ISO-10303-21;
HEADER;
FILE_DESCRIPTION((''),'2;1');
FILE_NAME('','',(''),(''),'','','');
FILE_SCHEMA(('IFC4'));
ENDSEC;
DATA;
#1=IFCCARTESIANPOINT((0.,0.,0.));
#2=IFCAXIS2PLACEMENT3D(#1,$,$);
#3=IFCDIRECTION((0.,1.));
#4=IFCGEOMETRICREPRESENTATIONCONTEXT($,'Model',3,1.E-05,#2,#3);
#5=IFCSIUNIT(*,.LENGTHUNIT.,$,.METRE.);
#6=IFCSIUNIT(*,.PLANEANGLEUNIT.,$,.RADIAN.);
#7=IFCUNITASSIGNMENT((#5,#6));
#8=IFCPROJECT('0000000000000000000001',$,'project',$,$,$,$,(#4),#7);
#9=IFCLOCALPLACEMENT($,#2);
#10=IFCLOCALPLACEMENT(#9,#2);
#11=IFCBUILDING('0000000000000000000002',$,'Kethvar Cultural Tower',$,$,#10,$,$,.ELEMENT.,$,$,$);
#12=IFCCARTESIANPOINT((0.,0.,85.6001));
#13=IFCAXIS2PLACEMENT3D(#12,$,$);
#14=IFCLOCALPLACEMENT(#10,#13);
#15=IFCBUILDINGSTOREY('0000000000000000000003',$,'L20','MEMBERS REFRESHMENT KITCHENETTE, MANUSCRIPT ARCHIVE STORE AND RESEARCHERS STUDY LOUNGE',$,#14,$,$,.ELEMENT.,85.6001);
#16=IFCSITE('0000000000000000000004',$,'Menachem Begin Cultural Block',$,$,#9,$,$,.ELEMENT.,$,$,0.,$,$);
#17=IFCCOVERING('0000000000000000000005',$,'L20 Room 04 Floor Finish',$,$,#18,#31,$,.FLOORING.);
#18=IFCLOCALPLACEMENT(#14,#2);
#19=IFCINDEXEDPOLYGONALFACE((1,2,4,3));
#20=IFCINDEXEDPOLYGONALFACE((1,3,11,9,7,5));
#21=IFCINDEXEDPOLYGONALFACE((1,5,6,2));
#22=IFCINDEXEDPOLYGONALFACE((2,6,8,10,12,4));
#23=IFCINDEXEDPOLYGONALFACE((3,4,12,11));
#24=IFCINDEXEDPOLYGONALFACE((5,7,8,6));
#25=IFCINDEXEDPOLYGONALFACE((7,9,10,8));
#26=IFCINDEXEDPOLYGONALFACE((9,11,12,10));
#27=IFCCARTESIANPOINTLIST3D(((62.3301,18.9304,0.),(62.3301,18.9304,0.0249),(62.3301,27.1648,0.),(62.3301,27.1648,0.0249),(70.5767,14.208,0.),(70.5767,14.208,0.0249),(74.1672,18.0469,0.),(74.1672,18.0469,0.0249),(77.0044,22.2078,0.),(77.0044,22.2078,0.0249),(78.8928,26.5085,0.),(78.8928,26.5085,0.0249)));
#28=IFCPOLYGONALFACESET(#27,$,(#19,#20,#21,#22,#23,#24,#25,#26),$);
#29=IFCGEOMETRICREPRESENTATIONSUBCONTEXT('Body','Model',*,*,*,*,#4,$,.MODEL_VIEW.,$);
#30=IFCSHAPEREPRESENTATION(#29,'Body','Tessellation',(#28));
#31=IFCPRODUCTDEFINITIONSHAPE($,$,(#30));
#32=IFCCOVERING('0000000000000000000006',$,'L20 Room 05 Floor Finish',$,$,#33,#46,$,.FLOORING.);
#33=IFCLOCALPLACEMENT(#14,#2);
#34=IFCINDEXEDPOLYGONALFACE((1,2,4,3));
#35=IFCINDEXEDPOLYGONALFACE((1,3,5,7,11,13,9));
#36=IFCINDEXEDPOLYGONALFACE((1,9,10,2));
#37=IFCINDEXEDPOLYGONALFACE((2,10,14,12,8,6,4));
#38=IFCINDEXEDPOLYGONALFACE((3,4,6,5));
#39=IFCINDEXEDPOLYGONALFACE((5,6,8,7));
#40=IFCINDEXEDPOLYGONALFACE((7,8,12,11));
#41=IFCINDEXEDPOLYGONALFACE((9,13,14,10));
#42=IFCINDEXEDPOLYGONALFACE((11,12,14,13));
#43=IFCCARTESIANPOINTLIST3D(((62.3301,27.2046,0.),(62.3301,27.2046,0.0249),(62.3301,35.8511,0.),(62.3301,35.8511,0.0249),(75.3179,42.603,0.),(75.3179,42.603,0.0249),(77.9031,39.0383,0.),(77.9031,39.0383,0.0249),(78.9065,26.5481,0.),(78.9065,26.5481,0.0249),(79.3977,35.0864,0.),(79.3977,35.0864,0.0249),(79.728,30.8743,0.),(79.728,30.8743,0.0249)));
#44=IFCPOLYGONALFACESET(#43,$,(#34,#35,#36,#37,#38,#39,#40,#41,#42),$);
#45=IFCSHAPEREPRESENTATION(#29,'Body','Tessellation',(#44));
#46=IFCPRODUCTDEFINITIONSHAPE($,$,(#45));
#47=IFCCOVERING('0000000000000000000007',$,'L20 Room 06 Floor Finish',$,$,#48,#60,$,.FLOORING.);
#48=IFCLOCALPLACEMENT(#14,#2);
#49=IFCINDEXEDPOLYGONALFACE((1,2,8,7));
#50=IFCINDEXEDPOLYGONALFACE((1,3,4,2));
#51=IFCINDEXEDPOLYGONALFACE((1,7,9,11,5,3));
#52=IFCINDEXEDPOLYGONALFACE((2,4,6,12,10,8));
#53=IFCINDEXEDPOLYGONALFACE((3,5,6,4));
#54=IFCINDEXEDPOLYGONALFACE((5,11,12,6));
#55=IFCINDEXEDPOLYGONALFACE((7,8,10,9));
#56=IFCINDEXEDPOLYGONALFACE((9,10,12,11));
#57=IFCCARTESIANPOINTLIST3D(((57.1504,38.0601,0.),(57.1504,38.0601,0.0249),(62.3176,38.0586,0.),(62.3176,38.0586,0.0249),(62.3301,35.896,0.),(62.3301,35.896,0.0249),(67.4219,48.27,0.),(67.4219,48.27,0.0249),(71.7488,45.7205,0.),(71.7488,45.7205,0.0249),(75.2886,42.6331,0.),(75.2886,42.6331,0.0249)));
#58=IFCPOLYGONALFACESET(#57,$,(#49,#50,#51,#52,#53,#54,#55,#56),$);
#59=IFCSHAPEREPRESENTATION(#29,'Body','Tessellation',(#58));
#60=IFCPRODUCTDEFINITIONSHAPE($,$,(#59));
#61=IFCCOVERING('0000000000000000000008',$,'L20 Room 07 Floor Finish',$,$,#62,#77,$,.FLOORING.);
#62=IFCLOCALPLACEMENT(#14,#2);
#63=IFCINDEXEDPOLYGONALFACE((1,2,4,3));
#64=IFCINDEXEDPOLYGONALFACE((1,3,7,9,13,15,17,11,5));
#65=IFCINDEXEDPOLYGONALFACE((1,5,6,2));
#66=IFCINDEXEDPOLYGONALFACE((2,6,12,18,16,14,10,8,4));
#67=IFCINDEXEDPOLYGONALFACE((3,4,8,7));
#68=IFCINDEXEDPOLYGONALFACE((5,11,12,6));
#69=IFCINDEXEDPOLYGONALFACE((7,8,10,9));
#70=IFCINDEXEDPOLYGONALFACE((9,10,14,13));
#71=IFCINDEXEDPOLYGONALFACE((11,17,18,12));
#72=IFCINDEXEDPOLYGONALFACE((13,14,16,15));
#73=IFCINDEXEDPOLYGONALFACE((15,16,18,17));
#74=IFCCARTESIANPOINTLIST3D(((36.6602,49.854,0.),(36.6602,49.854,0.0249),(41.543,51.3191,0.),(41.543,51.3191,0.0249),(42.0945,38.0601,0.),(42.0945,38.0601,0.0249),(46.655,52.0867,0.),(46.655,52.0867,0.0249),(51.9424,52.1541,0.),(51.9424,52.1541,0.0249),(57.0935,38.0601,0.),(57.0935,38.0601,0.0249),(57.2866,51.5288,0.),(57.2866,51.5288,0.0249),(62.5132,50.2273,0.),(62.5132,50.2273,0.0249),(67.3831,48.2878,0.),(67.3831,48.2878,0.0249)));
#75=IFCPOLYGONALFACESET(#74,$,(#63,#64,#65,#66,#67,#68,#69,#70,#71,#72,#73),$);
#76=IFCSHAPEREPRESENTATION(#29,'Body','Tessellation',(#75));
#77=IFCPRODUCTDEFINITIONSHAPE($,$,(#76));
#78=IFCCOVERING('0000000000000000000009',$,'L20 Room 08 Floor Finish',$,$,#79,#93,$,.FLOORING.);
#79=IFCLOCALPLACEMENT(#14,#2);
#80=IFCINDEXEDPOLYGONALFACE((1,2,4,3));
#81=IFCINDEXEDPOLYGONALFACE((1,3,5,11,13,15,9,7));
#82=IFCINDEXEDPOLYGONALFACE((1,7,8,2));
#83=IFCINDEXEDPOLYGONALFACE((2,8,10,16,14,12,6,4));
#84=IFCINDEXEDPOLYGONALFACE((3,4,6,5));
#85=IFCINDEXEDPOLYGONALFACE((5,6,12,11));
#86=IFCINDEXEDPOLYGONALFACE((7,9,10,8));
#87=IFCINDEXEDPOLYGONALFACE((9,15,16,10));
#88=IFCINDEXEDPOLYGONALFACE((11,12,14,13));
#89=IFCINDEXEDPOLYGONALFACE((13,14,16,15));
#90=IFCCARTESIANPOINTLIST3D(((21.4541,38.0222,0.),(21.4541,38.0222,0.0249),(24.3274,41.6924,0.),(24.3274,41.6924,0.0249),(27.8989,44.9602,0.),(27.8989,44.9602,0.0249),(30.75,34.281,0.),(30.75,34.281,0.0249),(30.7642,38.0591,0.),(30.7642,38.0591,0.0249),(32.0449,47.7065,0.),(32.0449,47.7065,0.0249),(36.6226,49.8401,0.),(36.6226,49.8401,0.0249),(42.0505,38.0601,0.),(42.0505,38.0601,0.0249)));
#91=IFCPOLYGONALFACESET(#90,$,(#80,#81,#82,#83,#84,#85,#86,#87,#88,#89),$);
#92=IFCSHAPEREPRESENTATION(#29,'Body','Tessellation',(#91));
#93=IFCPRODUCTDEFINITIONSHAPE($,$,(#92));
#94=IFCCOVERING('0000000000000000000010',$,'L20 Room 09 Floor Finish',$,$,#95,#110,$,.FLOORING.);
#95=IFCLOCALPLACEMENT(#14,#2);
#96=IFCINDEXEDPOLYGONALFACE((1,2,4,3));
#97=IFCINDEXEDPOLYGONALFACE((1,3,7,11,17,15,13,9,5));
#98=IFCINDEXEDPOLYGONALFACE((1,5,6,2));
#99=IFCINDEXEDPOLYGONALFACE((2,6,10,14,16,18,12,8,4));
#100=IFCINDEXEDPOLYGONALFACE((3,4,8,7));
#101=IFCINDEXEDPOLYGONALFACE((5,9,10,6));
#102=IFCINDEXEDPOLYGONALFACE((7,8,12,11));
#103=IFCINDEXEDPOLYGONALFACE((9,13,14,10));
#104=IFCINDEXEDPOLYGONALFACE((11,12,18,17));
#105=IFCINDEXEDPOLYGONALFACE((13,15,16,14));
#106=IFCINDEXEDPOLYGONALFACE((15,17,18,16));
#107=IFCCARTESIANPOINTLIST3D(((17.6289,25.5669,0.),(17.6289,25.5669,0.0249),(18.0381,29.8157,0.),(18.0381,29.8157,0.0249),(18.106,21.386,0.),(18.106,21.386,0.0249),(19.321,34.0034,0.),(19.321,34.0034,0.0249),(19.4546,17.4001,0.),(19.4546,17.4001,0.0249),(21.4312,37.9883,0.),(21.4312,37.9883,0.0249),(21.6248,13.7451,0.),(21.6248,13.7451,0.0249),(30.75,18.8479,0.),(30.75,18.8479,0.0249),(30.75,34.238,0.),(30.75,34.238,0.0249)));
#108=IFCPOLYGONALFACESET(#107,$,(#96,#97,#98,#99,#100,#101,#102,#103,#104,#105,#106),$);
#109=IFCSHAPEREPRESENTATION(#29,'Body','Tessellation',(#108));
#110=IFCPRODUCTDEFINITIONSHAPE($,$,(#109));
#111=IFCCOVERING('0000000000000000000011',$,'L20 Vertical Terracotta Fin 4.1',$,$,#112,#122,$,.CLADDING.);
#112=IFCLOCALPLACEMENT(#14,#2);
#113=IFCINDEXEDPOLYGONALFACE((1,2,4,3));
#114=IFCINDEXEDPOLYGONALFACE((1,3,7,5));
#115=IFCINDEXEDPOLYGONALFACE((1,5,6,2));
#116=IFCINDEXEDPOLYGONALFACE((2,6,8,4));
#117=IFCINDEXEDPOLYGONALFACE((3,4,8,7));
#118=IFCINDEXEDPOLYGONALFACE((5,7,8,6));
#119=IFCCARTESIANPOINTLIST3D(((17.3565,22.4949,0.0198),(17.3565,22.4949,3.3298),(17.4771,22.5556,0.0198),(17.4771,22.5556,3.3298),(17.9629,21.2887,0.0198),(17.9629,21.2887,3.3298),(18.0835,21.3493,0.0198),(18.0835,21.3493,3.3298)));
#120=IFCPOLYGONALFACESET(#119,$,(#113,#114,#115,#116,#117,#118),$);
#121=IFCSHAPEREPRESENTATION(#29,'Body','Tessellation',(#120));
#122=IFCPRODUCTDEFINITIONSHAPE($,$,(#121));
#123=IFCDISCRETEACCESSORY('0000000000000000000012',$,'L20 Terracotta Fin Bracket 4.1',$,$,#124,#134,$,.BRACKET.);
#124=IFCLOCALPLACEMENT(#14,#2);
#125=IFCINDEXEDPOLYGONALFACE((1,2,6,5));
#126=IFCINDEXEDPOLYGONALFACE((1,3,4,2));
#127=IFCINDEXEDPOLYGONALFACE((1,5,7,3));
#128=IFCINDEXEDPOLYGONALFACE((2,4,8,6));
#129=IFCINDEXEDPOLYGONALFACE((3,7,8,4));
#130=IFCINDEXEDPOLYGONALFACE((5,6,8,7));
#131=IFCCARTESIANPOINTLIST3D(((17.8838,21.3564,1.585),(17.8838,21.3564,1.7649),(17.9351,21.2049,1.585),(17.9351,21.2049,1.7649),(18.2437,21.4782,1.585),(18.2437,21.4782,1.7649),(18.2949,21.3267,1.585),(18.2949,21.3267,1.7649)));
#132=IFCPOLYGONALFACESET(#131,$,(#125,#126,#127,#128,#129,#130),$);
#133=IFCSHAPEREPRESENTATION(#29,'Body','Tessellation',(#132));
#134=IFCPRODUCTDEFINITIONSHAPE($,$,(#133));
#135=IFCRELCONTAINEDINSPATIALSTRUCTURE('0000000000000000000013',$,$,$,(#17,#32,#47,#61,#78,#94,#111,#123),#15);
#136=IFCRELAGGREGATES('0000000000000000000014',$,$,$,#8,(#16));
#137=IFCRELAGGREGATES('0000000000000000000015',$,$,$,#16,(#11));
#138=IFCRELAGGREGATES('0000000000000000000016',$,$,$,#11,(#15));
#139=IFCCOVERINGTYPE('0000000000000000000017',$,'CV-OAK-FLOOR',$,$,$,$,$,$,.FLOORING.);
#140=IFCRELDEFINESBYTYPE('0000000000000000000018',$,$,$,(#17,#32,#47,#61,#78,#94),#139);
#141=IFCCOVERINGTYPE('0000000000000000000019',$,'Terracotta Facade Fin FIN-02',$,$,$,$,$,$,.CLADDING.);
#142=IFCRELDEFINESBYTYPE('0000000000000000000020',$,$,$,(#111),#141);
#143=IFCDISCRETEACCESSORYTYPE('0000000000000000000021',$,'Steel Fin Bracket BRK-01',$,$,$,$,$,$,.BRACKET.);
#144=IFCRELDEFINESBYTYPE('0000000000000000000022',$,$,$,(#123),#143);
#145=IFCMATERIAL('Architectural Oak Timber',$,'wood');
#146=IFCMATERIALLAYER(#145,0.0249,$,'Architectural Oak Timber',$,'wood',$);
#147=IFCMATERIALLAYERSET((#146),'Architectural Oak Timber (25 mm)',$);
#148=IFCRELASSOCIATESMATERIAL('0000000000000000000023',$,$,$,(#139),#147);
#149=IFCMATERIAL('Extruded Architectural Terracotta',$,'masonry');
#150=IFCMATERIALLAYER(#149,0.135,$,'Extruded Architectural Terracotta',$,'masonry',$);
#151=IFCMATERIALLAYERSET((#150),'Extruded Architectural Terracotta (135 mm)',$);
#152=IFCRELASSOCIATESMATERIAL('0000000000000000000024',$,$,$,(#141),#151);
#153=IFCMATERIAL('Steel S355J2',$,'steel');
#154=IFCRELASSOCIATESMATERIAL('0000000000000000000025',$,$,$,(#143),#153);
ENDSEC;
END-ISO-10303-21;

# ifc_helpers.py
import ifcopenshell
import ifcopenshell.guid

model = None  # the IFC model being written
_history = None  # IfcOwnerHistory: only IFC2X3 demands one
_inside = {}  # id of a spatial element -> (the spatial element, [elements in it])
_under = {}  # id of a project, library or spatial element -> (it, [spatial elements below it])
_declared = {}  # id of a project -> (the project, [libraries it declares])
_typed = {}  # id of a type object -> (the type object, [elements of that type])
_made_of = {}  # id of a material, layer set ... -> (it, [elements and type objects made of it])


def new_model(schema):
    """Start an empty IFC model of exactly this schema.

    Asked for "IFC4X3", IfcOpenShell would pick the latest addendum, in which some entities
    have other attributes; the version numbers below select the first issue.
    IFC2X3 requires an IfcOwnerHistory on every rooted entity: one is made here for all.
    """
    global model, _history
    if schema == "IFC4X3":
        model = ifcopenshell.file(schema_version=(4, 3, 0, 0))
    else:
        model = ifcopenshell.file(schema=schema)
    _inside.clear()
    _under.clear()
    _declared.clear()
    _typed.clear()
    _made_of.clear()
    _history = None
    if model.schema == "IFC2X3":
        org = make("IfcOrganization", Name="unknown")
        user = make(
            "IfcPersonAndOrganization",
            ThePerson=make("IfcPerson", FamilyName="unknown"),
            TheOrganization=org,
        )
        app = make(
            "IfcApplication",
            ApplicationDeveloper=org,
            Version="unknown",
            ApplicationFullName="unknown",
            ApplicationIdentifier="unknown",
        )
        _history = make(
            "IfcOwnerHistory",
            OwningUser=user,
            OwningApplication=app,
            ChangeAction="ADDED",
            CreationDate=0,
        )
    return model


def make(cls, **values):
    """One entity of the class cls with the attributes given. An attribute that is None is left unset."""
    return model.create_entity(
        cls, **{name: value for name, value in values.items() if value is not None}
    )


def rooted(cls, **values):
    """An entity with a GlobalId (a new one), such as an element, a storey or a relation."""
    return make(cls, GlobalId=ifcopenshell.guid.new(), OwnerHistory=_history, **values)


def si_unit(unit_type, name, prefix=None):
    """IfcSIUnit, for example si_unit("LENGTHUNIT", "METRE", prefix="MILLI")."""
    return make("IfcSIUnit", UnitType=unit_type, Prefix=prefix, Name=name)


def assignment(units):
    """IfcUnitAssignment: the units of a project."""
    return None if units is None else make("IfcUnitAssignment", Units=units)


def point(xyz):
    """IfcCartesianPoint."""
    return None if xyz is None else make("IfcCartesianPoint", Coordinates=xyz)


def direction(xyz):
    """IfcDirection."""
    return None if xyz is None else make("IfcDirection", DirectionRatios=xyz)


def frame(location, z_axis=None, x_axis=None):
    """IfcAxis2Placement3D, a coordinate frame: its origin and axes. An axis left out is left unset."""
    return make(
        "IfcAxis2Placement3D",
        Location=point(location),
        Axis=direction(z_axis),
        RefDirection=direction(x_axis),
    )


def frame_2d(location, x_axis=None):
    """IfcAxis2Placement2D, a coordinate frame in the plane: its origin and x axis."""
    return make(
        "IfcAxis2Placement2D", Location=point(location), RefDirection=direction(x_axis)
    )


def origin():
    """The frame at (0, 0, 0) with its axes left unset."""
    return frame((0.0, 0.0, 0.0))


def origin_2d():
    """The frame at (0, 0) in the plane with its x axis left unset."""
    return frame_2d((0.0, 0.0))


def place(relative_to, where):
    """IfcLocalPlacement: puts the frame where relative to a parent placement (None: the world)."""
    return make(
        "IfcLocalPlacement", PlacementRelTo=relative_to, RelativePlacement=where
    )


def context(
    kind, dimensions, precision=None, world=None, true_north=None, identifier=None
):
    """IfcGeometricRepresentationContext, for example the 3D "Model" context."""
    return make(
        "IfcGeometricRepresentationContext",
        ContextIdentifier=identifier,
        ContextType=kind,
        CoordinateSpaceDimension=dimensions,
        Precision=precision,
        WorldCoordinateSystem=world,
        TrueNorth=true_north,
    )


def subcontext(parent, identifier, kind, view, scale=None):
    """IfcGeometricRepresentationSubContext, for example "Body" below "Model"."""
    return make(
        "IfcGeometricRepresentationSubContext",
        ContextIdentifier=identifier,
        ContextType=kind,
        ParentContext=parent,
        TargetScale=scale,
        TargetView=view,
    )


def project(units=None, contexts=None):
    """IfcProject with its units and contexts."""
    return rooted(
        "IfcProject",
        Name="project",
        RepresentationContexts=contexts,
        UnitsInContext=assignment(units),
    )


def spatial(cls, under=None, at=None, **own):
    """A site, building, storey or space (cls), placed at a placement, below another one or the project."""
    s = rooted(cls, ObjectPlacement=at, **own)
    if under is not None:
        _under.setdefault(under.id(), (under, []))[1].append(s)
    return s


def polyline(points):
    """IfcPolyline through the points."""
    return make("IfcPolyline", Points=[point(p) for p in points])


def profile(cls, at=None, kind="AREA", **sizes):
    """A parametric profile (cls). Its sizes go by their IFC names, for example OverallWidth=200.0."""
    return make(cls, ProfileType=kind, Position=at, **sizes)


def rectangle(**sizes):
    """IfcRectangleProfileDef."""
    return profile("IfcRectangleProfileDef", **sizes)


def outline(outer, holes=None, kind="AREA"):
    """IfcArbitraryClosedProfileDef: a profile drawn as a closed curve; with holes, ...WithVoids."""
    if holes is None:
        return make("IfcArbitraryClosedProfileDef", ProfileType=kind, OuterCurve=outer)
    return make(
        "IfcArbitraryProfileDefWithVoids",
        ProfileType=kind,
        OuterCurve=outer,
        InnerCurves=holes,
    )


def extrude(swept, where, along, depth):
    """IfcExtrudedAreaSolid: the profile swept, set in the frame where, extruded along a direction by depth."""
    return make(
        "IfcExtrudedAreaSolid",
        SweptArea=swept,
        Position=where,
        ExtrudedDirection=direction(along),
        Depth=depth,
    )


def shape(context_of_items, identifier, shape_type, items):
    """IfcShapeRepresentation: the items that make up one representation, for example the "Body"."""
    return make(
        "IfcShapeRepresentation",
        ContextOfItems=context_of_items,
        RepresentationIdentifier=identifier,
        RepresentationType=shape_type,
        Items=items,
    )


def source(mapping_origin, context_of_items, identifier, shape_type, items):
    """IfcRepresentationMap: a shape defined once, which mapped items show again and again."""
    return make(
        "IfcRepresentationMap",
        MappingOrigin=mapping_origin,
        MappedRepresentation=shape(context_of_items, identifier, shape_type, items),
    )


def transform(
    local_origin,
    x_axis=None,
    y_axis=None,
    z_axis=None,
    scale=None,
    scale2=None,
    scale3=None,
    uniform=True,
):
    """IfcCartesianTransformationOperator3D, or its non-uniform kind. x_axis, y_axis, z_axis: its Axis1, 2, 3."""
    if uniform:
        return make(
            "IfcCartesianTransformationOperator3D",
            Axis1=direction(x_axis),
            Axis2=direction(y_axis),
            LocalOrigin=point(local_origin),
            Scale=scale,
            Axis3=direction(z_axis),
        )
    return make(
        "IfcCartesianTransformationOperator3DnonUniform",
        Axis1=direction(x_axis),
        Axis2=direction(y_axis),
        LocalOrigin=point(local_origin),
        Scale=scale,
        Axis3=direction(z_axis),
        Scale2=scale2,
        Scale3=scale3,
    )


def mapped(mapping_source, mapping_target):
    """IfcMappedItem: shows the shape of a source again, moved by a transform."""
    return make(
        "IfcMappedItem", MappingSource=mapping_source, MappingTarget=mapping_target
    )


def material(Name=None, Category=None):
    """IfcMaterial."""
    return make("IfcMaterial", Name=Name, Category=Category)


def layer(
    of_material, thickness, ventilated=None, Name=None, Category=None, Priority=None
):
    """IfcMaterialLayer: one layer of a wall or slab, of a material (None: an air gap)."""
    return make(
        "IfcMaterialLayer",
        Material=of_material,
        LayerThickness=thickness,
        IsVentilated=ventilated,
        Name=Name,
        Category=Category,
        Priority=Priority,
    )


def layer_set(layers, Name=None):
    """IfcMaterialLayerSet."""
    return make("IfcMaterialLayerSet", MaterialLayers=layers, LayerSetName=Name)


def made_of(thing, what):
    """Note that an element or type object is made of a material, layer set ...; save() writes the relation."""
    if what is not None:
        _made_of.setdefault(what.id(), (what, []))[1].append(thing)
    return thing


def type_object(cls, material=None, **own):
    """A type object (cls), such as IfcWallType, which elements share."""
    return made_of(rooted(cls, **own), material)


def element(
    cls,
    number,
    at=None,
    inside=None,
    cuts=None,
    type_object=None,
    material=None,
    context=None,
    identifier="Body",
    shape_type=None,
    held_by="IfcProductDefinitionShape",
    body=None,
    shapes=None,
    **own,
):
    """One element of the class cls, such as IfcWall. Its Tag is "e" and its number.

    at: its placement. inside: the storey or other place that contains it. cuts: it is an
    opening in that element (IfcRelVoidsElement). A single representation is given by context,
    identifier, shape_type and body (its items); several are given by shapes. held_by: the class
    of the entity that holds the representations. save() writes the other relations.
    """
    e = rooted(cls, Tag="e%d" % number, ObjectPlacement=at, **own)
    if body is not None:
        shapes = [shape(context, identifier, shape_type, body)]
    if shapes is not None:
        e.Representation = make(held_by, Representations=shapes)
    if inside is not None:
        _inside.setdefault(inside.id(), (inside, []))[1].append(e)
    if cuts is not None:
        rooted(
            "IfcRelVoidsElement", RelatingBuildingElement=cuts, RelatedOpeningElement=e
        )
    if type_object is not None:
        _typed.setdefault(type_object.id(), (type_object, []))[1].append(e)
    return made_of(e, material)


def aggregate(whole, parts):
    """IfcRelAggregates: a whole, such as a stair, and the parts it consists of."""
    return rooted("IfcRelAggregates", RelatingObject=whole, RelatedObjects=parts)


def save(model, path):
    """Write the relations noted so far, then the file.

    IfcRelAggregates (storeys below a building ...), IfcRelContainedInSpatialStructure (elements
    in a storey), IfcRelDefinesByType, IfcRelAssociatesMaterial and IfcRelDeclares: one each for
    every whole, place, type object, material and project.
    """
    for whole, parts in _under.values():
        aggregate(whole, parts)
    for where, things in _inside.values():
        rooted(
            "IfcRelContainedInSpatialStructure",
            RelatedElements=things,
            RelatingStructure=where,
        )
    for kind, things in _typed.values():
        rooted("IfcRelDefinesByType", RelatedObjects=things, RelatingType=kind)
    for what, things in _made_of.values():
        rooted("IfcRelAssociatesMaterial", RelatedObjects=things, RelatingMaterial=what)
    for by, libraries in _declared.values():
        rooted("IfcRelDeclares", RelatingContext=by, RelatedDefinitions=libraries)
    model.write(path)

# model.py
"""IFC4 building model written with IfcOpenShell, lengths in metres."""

from ifc_helpers import new_model, si_unit, direction, frame, origin, origin_2d, place, context, subcontext, project, spatial, polyline, rectangle, outline, extrude, source, transform, mapped, material, layer, layer_set, type_object, element, save


model = new_model("IFC4")

# Units and contexts
model_context = context("Model", 3, precision=1e-05, world=origin(), true_north=direction((0.0, 1.0)))
body_context = subcontext(model_context, "Body", "Model", "MODEL_VIEW")
ifc_project = project(units=[si_unit("LENGTHUNIT", "METRE"), si_unit("PLANEANGLEUNIT", "RADIAN")], contexts=[model_context])

# Site, building, storey
site_placement = place(None, origin())
site = spatial("IfcSite", under=ifc_project, at=site_placement, Name="Menachem Begin Cultural Block", CompositionType="ELEMENT", RefElevation=0.0)
building_placement = place(site_placement, origin())
building = spatial("IfcBuilding", under=site, at=building_placement, Name="Kethvar Cultural Tower", CompositionType="ELEMENT")
storey_placement = place(building_placement, frame((0.0, 0.0, 85.6001)))
storey = spatial("IfcBuildingStorey", under=building, at=storey_placement, Name="L20", Description="MEMBERS REFRESHMENT KITCHENETTE, MANUSCRIPT ARCHIVE STORE AND RESEARCHERS STUDY LOUNGE", CompositionType="ELEMENT", Elevation=85.6001)

# Coverings
ifc_material_1 = material(Name="Architectural Oak Timber", Category="wood")
ifc_layer_1 = layer(ifc_material_1, 0.0249, Name="Architectural Oak Timber", Category="wood")
ifc_layer_set_1 = layer_set([ifc_layer_1], Name="Architectural Oak Timber (25 mm)")
covering_type_1 = type_object("IfcCoveringType", Name="CV-OAK-FLOOR", PredefinedType="FLOORING", material=ifc_layer_set_1)
covering_1_placement = place(storey_placement, origin())
element("IfcCovering", 1, at=covering_1_placement, inside=storey, type_object=covering_type_1, Name="L20 Room 04 Floor Finish", PredefinedType="FLOORING", context=body_context, shape_type="SweptSolid", body=[
    extrude(outline(polyline([(77.0044, 22.2078), (74.1672, 18.0469), (70.5767, 14.208), (62.3301, 18.9304), (62.3301, 27.1648), (78.8928, 26.5085), (77.0044, 22.2078)])), origin(), (0.0, 0.0, 1.0), 0.0249),
])
covering_2_placement = place(storey_placement, origin())
element("IfcCovering", 2, at=covering_2_placement, inside=storey, type_object=covering_type_1, Name="L20 Room 05 Floor Finish", PredefinedType="FLOORING", context=body_context, shape_type="SweptSolid", body=[
    extrude(outline(polyline([(78.9065, 26.5481), (62.3301, 27.2046), (62.3301, 35.8511), (75.3179, 42.603), (77.9031, 39.0383), (79.3977, 35.0864), (79.728, 30.8743), (78.9065, 26.5481)])), origin(), (0.0, 0.0, 1.0), 0.0249),
])
covering_3_placement = place(storey_placement, origin())
element("IfcCovering", 3, at=covering_3_placement, inside=storey, type_object=covering_type_1, Name="L20 Room 06 Floor Finish", PredefinedType="FLOORING", context=body_context, shape_type="SweptSolid", body=[
    extrude(outline(polyline([(71.7488, 45.7205), (75.2886, 42.6331), (62.3301, 35.896), (62.3176, 38.0586), (57.1504, 38.0601), (67.4219, 48.27), (71.7488, 45.7205)])), origin(), (0.0, 0.0, 1.0), 0.0249),
])
covering_4_placement = place(storey_placement, origin())
element("IfcCovering", 4, at=covering_4_placement, inside=storey, type_object=covering_type_1, Name="L20 Room 07 Floor Finish", PredefinedType="FLOORING", context=body_context, shape_type="SweptSolid", body=[
    extrude(outline(polyline([(41.543, 51.3191), (46.655, 52.0867), (51.9424, 52.1541), (57.2866, 51.5288), (62.5132, 50.2273), (67.3831, 48.2878), (57.0935, 38.0601), (42.0945, 38.0601), (36.6602, 49.854), (41.543, 51.3191)])), origin(), (0.0, 0.0, 1.0), 0.0249),
])
covering_5_placement = place(storey_placement, origin())
element("IfcCovering", 5, at=covering_5_placement, inside=storey, type_object=covering_type_1, Name="L20 Room 08 Floor Finish", PredefinedType="FLOORING", context=body_context, shape_type="SweptSolid", body=[
    extrude(outline(polyline([(24.3274, 41.6924), (27.8989, 44.9602), (32.0449, 47.7065), (36.6226, 49.8401), (42.0505, 38.0601), (30.7642, 38.0591), (30.75, 34.281), (21.4541, 38.0222), (24.3274, 41.6924)])), origin(), (0.0, 0.0, 1.0), 0.0249),
])
covering_6_placement = place(storey_placement, origin())
element("IfcCovering", 6, at=covering_6_placement, inside=storey, type_object=covering_type_1, Name="L20 Room 09 Floor Finish", PredefinedType="FLOORING", context=body_context, shape_type="SweptSolid", body=[
    extrude(outline(polyline([(19.4546, 17.4001), (18.106, 21.386), (17.6289, 25.5669), (18.0381, 29.8157), (19.321, 34.0034), (21.4312, 37.9883), (30.75, 34.238), (30.75, 18.8479), (21.6248, 13.7451), (19.4546, 17.4001)])), origin(), (0.0, 0.0, 1.0), 0.0249),
])
ifc_material_2 = material(Name="Extruded Architectural Terracotta", Category="masonry")
ifc_layer_2 = layer(ifc_material_2, 0.135, Name="Extruded Architectural Terracotta", Category="masonry")
ifc_layer_set_2 = layer_set([ifc_layer_2], Name="Extruded Architectural Terracotta (135 mm)")
covering_type_2 = type_object("IfcCoveringType", Name="Terracotta Facade Fin FIN-02", PredefinedType="CLADDING", material=ifc_layer_set_2)
shared_shape_1 = source(origin(), body_context, "Body", "SweptSolid", [
    extrude(rectangle(XDim=1.3501, YDim=0.135, at=origin_2d()), origin(), (0.0, 0.0, 1.0), 3.3101),
])
covering_7_placement = place(storey_placement, frame((17.72, 21.9221, 0.0198), z_axis=(0.0, 0.0, 1.0), x_axis=(-0.449163, 0.89345, 0.0)))
element("IfcCovering", 7, at=covering_7_placement, inside=storey, type_object=covering_type_2, Name="L20 Vertical Terracotta Fin 4.1", PredefinedType="CLADDING", context=body_context, shape_type="MappedRepresentation", body=[
    mapped(shared_shape_1, transform((0.0, 0.0, 0.0), scale=1.0)),
])

# Discrete accessory
ifc_material_3 = material(Name="Steel S355J2", Category="steel")
discrete_accessory_type = type_object("IfcDiscreteAccessoryType", Name="Steel Fin Bracket BRK-01", PredefinedType="BRACKET", material=ifc_material_3)
shared_shape_2 = source(origin(), body_context, "Body", "SweptSolid", [
    extrude(rectangle(XDim=0.3799, YDim=0.1599, at=origin_2d()), origin(), (0.0, 0.0, 1.0), 0.1799),
])
discrete_accessory_placement = place(storey_placement, frame((18.0894, 21.3416, 1.585), z_axis=(0.0, 0.0, 1.0), x_axis=(-0.947266, -0.320448, 0.0)))
element("IfcDiscreteAccessory", 8, at=discrete_accessory_placement, inside=storey, type_object=discrete_accessory_type, Name="L20 Terracotta Fin Bracket 4.1", PredefinedType="BRACKET", context=body_context, shape_type="MappedRepresentation", body=[
    mapped(shared_shape_2, transform((0.0, 0.0, 0.0), scale=1.0)),
])

save(model, "model.ifc")
